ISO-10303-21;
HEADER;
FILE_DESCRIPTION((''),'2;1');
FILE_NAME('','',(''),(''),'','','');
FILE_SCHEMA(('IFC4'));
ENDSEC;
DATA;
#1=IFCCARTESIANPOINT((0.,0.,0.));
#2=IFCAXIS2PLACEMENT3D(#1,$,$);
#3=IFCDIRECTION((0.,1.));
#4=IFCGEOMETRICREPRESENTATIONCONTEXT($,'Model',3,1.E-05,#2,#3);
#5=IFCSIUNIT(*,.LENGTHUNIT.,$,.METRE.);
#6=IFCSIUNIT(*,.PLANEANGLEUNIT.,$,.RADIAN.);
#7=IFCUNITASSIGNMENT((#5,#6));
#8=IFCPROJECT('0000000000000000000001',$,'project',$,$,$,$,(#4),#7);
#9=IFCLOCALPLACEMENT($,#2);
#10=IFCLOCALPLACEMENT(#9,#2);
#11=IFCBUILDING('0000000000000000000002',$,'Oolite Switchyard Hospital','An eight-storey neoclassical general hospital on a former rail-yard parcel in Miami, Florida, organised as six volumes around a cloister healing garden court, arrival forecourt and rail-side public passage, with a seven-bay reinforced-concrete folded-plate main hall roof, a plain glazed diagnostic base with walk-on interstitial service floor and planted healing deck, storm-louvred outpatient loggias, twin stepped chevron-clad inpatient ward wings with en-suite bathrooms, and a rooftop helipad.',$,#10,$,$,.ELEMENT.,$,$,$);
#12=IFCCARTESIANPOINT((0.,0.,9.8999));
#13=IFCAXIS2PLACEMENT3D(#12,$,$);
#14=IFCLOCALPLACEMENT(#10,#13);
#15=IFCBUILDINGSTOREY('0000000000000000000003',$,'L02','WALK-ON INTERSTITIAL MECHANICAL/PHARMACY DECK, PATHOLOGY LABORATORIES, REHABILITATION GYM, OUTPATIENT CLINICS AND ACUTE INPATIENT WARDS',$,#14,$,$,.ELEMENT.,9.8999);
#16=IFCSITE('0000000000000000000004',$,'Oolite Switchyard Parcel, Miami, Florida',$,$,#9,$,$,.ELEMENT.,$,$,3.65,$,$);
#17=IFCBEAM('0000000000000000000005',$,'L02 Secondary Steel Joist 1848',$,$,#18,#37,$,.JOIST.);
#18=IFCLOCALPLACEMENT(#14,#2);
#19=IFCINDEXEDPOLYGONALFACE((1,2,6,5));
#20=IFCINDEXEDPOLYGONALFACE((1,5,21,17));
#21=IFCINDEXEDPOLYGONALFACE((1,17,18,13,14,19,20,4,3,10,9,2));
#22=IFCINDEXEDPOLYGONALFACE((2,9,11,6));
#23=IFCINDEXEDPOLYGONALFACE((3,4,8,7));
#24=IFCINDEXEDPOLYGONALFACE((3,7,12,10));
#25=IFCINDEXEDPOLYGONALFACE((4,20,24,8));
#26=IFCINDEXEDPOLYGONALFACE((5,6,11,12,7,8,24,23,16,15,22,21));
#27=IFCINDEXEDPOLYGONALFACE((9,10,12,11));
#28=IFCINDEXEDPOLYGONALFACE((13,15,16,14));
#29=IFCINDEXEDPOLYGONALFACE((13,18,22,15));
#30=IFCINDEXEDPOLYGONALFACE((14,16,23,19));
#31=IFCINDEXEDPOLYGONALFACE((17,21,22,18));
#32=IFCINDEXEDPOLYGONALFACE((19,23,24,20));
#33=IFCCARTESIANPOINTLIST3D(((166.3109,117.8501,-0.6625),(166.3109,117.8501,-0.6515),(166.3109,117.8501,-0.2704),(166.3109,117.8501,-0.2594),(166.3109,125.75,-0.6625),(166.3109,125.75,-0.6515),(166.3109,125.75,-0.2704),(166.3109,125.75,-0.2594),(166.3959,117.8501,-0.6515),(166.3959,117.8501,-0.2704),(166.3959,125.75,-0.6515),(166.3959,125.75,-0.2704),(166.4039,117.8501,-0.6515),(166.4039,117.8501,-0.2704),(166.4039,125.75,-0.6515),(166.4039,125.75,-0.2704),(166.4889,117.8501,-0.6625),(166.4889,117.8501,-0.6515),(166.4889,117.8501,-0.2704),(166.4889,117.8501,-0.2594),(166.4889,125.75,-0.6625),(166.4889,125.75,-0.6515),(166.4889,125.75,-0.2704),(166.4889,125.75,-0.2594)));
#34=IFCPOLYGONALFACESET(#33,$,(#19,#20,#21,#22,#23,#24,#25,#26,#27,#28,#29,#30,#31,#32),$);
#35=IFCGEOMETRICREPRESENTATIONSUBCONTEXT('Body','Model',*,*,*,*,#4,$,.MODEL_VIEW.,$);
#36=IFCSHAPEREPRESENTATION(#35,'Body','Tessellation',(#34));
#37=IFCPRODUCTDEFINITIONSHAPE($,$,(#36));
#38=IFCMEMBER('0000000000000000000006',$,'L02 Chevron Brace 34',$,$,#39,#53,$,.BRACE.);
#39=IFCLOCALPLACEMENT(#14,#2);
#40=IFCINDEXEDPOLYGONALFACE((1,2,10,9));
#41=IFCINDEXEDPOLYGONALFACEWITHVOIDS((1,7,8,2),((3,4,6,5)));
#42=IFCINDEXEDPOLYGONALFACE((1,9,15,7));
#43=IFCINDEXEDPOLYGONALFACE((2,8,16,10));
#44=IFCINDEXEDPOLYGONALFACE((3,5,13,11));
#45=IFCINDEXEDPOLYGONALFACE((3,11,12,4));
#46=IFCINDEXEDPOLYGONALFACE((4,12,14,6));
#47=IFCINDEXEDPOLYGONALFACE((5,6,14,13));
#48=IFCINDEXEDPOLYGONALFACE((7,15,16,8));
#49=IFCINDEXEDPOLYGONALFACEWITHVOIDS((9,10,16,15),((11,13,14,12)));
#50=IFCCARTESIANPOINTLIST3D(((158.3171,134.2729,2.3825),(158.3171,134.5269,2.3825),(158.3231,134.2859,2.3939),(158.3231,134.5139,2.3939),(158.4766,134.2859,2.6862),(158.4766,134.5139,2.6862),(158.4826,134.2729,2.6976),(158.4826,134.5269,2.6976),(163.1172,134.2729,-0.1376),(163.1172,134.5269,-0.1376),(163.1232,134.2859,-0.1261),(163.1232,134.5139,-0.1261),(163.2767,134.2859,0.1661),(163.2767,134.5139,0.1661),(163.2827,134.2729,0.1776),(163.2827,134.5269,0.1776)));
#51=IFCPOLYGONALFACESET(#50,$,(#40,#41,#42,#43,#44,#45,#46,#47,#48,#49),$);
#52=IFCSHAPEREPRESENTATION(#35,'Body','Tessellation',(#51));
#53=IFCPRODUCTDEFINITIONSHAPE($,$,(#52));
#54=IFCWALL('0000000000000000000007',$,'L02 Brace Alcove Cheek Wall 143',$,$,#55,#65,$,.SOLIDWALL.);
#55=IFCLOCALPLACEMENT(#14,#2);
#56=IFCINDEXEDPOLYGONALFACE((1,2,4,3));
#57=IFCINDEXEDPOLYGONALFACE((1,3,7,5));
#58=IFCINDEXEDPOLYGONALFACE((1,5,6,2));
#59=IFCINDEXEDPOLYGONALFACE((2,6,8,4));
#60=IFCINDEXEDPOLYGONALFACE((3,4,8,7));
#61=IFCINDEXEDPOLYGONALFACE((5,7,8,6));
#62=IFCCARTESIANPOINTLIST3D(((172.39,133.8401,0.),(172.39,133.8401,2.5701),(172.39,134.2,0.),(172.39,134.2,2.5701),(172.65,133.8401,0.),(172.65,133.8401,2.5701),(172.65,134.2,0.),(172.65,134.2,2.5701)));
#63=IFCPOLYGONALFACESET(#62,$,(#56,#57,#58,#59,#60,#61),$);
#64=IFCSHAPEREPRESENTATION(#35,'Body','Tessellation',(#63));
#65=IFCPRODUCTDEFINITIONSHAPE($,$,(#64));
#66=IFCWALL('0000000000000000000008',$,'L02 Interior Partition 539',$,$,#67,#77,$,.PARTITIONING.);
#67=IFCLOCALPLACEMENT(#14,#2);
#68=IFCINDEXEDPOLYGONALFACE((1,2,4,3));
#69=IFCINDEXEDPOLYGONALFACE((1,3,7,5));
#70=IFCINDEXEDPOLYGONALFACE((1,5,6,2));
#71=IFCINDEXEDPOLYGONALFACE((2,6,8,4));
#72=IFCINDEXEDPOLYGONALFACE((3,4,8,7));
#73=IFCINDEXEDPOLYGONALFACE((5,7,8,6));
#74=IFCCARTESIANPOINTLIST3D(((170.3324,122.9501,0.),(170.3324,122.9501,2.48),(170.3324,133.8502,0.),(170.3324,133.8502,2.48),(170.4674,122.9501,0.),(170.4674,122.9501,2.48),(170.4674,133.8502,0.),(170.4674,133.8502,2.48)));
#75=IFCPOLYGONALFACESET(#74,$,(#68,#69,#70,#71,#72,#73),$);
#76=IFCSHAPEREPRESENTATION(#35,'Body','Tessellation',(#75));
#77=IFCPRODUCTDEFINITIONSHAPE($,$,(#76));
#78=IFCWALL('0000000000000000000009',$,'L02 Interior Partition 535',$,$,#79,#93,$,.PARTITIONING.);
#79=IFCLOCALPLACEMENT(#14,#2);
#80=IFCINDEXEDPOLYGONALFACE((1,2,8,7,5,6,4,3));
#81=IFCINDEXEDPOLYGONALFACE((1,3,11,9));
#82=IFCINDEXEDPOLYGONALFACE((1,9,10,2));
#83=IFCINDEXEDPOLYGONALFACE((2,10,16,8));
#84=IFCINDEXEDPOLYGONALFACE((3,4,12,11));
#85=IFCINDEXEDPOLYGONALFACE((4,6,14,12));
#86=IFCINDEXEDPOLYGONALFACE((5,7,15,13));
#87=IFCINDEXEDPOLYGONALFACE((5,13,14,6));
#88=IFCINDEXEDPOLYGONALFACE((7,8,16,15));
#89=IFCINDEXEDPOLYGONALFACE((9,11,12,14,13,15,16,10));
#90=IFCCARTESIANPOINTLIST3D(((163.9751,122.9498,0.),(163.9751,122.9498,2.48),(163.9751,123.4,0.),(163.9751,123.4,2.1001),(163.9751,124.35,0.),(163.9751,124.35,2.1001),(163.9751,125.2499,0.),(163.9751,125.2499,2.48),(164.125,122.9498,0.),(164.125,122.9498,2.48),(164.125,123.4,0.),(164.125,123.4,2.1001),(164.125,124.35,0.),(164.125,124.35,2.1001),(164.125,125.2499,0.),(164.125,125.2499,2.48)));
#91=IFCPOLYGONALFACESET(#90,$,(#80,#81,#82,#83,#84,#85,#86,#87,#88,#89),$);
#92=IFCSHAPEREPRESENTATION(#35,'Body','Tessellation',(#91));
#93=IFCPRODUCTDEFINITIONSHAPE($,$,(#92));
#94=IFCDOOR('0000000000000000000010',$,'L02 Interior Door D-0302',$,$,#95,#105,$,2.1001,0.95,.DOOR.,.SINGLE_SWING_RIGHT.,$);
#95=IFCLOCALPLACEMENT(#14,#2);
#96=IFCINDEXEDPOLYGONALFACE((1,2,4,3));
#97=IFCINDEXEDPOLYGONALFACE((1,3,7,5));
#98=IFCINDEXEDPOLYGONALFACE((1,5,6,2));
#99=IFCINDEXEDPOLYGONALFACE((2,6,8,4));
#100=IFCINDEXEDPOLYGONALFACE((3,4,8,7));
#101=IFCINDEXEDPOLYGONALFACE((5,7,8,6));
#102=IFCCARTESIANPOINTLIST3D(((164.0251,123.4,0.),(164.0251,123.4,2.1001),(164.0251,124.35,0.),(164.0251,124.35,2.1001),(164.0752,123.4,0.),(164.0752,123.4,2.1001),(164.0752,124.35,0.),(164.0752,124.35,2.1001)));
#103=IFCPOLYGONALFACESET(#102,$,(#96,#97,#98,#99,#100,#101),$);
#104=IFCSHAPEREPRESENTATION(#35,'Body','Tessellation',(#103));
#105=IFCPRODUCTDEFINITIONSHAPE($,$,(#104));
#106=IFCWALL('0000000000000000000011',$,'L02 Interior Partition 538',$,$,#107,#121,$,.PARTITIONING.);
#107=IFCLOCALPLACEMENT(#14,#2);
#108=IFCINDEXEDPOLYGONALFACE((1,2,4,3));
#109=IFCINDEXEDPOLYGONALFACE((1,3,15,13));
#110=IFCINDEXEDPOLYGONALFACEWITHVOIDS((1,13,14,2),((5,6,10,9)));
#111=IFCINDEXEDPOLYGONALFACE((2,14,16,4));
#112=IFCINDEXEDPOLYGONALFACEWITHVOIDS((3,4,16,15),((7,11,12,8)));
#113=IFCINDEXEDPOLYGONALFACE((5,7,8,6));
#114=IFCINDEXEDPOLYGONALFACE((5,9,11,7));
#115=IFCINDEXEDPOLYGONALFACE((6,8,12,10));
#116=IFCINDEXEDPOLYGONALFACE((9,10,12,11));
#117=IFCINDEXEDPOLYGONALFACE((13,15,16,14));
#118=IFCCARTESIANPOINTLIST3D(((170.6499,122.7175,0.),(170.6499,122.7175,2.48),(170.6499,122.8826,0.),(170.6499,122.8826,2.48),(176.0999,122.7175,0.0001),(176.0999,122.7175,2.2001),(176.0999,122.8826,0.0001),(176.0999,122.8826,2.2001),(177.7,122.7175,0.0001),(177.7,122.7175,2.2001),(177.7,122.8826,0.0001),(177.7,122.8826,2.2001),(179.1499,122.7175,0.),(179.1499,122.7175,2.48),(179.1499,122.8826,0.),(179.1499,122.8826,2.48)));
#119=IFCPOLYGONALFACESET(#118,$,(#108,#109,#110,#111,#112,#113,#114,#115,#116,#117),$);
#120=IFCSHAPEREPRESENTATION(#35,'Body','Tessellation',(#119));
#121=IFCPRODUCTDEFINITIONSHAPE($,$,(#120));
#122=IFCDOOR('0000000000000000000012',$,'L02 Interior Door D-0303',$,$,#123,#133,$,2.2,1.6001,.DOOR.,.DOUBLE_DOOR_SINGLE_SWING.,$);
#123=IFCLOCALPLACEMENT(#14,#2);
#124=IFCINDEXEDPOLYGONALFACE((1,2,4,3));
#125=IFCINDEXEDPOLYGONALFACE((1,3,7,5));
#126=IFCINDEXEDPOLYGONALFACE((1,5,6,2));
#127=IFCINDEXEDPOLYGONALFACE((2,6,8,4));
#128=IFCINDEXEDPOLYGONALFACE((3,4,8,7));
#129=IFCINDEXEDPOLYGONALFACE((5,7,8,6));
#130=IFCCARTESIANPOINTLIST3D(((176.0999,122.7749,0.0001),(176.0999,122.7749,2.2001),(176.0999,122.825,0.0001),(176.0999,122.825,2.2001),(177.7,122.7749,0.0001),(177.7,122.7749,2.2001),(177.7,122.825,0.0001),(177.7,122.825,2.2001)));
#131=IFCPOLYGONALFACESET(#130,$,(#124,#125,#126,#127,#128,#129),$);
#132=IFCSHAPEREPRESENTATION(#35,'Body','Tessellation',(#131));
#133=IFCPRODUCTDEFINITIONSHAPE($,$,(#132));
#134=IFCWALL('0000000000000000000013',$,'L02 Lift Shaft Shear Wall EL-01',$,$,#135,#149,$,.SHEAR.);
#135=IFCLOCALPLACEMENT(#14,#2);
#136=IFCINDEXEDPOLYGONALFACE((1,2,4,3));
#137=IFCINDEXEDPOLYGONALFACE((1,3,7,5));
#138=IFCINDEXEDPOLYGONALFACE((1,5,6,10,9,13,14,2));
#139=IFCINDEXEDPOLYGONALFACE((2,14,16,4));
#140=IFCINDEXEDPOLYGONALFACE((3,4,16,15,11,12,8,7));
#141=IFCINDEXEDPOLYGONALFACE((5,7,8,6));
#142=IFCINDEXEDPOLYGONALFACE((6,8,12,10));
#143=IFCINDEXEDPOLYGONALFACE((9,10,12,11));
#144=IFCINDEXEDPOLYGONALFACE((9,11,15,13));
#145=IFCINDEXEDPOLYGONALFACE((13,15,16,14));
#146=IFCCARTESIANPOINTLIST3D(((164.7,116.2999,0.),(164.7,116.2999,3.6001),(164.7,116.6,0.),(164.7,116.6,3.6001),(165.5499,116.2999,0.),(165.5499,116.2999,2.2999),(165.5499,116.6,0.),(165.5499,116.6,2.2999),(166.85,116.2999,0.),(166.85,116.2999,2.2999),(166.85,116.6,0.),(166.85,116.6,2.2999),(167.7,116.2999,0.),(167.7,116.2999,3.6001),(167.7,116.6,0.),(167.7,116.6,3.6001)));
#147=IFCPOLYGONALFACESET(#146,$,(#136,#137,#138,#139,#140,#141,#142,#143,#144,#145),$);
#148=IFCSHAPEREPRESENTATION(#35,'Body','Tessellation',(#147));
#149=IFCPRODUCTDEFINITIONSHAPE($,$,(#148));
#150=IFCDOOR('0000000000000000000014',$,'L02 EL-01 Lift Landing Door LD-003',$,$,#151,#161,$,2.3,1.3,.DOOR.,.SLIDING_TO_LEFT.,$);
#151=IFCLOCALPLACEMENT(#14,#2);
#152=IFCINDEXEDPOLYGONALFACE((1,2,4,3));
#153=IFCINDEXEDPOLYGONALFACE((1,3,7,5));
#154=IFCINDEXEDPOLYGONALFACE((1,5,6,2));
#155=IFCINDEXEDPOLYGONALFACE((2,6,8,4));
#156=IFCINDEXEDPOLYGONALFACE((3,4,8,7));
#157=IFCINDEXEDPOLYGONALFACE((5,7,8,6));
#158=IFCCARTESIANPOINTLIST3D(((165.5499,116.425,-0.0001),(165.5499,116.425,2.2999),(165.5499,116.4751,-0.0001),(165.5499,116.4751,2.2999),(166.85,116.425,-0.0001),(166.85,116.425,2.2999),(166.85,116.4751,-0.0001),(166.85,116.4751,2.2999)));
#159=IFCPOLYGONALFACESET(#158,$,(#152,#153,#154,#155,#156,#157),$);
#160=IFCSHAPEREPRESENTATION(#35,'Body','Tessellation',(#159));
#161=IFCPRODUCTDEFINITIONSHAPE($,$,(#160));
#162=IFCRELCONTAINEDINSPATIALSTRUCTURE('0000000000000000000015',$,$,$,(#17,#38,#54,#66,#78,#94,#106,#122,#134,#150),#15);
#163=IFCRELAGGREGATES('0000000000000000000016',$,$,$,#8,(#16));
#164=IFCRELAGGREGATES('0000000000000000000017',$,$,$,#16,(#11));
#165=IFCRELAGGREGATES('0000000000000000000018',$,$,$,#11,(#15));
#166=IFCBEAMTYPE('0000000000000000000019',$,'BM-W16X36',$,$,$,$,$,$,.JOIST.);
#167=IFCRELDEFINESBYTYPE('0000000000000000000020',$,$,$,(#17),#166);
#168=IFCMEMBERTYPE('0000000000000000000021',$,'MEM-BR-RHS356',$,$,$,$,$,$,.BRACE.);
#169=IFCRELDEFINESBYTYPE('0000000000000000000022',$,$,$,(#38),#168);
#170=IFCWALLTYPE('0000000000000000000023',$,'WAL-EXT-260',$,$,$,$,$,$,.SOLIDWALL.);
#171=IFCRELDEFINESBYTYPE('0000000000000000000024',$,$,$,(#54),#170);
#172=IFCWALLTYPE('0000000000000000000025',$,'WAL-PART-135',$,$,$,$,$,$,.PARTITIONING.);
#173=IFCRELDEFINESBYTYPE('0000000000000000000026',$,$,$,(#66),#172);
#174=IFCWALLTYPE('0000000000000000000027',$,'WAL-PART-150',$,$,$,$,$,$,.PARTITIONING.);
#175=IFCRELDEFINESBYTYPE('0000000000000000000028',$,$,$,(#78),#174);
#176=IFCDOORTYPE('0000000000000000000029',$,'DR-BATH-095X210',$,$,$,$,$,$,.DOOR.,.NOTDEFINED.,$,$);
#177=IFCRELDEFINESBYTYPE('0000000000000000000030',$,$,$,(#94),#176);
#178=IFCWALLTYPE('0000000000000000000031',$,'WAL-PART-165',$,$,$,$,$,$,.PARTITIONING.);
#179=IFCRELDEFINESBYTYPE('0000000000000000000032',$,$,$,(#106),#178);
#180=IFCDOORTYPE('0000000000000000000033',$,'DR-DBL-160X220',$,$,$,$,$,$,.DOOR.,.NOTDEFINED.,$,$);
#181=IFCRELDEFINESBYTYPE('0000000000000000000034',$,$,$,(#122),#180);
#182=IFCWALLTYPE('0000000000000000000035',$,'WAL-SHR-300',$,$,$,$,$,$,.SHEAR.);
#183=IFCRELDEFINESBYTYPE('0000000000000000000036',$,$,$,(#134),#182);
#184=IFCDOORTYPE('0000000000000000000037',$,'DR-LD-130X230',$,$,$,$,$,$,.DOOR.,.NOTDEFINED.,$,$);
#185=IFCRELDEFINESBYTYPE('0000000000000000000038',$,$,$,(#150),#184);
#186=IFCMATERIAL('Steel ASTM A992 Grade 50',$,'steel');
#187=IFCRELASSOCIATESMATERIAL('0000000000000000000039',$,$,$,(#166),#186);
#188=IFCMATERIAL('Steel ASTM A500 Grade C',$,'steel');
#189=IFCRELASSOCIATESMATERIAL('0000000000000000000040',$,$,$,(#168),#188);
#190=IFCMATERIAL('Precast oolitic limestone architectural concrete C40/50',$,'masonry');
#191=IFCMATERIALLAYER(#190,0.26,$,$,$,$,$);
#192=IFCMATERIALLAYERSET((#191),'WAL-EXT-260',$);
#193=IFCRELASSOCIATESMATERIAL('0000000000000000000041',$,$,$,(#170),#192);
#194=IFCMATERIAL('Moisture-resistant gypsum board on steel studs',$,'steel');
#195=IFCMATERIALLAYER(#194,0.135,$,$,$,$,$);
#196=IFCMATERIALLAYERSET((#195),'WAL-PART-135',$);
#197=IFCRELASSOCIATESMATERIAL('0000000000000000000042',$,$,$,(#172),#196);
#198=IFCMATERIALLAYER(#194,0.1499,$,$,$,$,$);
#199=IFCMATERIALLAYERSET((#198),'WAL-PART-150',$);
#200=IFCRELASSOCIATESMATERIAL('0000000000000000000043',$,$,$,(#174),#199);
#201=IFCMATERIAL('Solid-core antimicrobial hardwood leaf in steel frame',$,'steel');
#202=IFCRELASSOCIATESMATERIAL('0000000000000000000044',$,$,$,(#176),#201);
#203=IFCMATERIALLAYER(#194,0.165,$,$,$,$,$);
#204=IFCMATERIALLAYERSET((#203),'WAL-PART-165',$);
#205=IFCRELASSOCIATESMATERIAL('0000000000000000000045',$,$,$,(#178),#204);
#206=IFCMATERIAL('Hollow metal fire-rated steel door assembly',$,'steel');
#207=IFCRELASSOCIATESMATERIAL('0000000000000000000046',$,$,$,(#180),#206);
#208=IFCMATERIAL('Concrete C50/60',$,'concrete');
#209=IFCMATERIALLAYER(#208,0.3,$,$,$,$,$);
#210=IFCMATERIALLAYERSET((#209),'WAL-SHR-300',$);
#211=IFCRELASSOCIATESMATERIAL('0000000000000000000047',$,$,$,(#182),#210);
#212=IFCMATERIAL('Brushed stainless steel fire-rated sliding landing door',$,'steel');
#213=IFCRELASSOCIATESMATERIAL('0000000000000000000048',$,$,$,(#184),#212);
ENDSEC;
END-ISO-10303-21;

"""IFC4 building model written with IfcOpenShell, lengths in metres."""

from ifc_helpers import new_model, si_unit, direction, frame, frame_2d, origin, origin_2d, place, context, subcontext, project, spatial, rectangle, hollow_rectangle, i_section, extrude, material, layer, layer_set, material_profile, profile_set, type_object, element, fill, save


model = new_model("IFC4")

# Units and contexts
model_context = context("Model", 3, precision=1e-05, world=origin(), true_north=direction((0.0, 1.0)))
body_context = subcontext(model_context, "Body", "Model", "MODEL_VIEW")
ifc_project = project(units=[si_unit("LENGTHUNIT", "METRE"), si_unit("PLANEANGLEUNIT", "RADIAN")], contexts=[model_context])

# Site, building, storey
site_placement = place(None, origin())
site = spatial("IfcSite", under=ifc_project, at=site_placement, Name="Oolite Switchyard Parcel, Miami, Florida", CompositionType="ELEMENT", RefElevation=3.65)
building_placement = place(site_placement, origin())
building = spatial("IfcBuilding", under=site, at=building_placement, Name="Oolite Switchyard Hospital", Description="An eight-storey neoclassical general hospital on a former rail-yard parcel in Miami, Florida, organised as six volumes around a cloister healing garden court, arrival forecourt and rail-side public passage, with a seven-bay reinforced-concrete folded-plate main hall roof, a plain glazed diagnostic base with walk-on interstitial service floor and planted healing deck, storm-louvred outpatient loggias, twin stepped chevron-clad inpatient ward wings with en-suite bathrooms, and a rooftop helipad.", CompositionType="ELEMENT")
storey_placement = place(building_placement, frame((0.0, 0.0, 9.8999)))
storey = spatial("IfcBuildingStorey", under=building, at=storey_placement, Name="L02", Description="WALK-ON INTERSTITIAL MECHANICAL/PHARMACY DECK, PATHOLOGY LABORATORIES, REHABILITATION GYM, OUTPATIENT CLINICS AND ACUTE INPATIENT WARDS", CompositionType="ELEMENT", Elevation=9.8999)

# Shared definitions
ifc_material_1 = material(Name="Concrete C50/60", Category="concrete")

# Beam
ifc_material_2 = material(Name="Steel ASTM A992 Grade 50", Category="steel")
ifc_material_profile_1 = material_profile(ifc_material_2, i_section(OverallWidth=0.178, OverallDepth=0.4031, WebThickness=0.0081, FlangeThickness=0.011, at=origin_2d()), Name="W16X36")
ifc_profile_set_1 = profile_set([ifc_material_profile_1], Name="Steel ASTM A992 Grade 50")
beam_type_1 = type_object("IfcBeamType", Name="BM-W16X36", PredefinedType="JOIST", material=ifc_profile_set_1)
beam_1_placement = place(storey_placement, frame((166.3999, 117.8501, -0.4609), z_axis=(0.0, 1.0, 0.0), x_axis=(-1.0, 0.0, 0.0)))
element("IfcBeam", 1, at=beam_1_placement, inside=storey, type_object=beam_type_1, Name="L02 Secondary Steel Joist 1848", PredefinedType="JOIST", context=body_context, shape_type="SweptSolid", body=[
    extrude(i_section(OverallWidth=0.178, OverallDepth=0.4031, WebThickness=0.0081, FlangeThickness=0.011, at=origin_2d()), origin(), (0.0, 0.0, 1.0), 7.8999),
])

# Member
ifc_material_3 = material(Name="Steel ASTM A500 Grade C", Category="steel")
ifc_material_profile_2 = material_profile(ifc_material_3, hollow_rectangle(XDim=0.2539, YDim=0.356, WallThickness=0.0129, at=origin_2d()), Name="HSS356X254X13")
ifc_profile_set_2 = profile_set([ifc_material_profile_2], Name="Steel ASTM A500 Grade C")
member_type = type_object("IfcMemberType", Name="MEM-BR-RHS356", PredefinedType="BRACE", material=ifc_profile_set_2)
member_placement = place(storey_placement, frame((163.2, 134.3999, 0.02), z_axis=(-0.885398, 0.0, 0.464833), x_axis=(0.0, -1.0, 0.0)))
element("IfcMember", 2, at=member_placement, inside=storey, type_object=member_type, Name="L02 Chevron Brace 34", PredefinedType="BRACE", context=body_context, shape_type="SweptSolid", body=[
    extrude(hollow_rectangle(XDim=0.2539, YDim=0.356, WallThickness=0.0129, at=origin_2d()), origin(), (0.0, 0.0, 1.0), 5.4214),
])

# Walls
ifc_material_4 = material(Name="Precast oolitic limestone architectural concrete C40/50", Category="masonry")
ifc_layer_1 = layer(ifc_material_4, 0.26)
ifc_layer_set_1 = layer_set([ifc_layer_1], Name="WAL-EXT-260")
wall_type_1 = type_object("IfcWallType", Name="WAL-EXT-260", PredefinedType="SOLIDWALL", material=ifc_layer_set_1)
wall_1_placement = place(storey_placement, frame((172.52, 134.2, 0.0), z_axis=(0.0, 0.0, 1.0), x_axis=(0.0, -1.0, 0.0)))
element("IfcWall", 3, at=wall_1_placement, inside=storey, type_object=wall_type_1, Name="L02 Brace Alcove Cheek Wall 143", PredefinedType="SOLIDWALL", context=body_context, shape_type="SweptSolid", body=[
    extrude(rectangle(XDim=0.3599, YDim=0.26, at=frame_2d((0.1799, 0.0))), origin(), (0.0, 0.0, 1.0), 2.5701),
])
ifc_material_5 = material(Name="Moisture-resistant gypsum board on steel studs", Category="steel")
ifc_layer_2 = layer(ifc_material_5, 0.135)
ifc_layer_set_2 = layer_set([ifc_layer_2], Name="WAL-PART-135")
wall_type_2 = type_object("IfcWallType", Name="WAL-PART-135", PredefinedType="PARTITIONING", material=ifc_layer_set_2)
wall_2_placement = place(storey_placement, frame((170.3999, 122.95, 0.0), z_axis=(0.0, 0.0, 1.0), x_axis=(0.0, 1.0, 0.0)))
element("IfcWall", 4, at=wall_2_placement, inside=storey, type_object=wall_type_2, Name="L02 Interior Partition 539", PredefinedType="PARTITIONING", context=body_context, shape_type="SweptSolid", body=[
    extrude(rectangle(XDim=10.9001, YDim=0.135, at=frame_2d((5.4502, 0.0))), origin(), (0.0, 0.0, 1.0), 2.48),
])

# Walls, openings, doors
ifc_layer_3 = layer(ifc_material_5, 0.1499)
ifc_layer_set_3 = layer_set([ifc_layer_3], Name="WAL-PART-150")
wall_type_3 = type_object("IfcWallType", Name="WAL-PART-150", PredefinedType="PARTITIONING", material=ifc_layer_set_3)
wall_3_placement = place(storey_placement, frame((164.05, 122.95, 0.0), z_axis=(0.0, 0.0, 1.0), x_axis=(0.0, 1.0, 0.0)))
wall_3 = element("IfcWall", 5, at=wall_3_placement, inside=storey, type_object=wall_type_3, Name="L02 Interior Partition 535", PredefinedType="PARTITIONING", context=body_context, shape_type="SweptSolid", body=[
    extrude(rectangle(XDim=2.3, YDim=0.1499, at=frame_2d((1.1499, 0.0))), origin(), (0.0, 0.0, 1.0), 2.48),
])
opening_1_placement = place(wall_3_placement, frame((0.45, 0.0, 0.0)))
opening_1 = element("IfcOpeningElement", 6, at=opening_1_placement, cuts=wall_3, PredefinedType="OPENING", context=body_context, shape_type="SweptSolid", body=[
    extrude(rectangle(XDim=0.95, YDim=2.1001, at=frame_2d((0.4751, 1.05))), frame((0.0, 0.085, 0.0), z_axis=(0.0, -1.0, 0.0), x_axis=(1.0, 0.0, 0.0)), (0.0, 0.0, 1.0), 0.1699),
])
ifc_material_6 = material(Name="Solid-core antimicrobial hardwood leaf in steel frame", Category="steel")
door_type_1 = type_object("IfcDoorType", Name="DR-BATH-095X210", OperationType="NOTDEFINED", PredefinedType="DOOR", material=ifc_material_6)
door_1_placement = place(opening_1_placement, origin())
door_1 = element("IfcDoor", 7, at=door_1_placement, inside=storey, type_object=door_type_1, Name="L02 Interior Door D-0302", OperationType="SINGLE_SWING_RIGHT", OverallHeight=2.1001, OverallWidth=0.95, PredefinedType="DOOR", context=body_context, shape_type="SweptSolid", body=[
    extrude(rectangle(XDim=0.95, YDim=2.1001, at=frame_2d((0.4751, 1.05))), frame((0.0, 0.0249, 0.0), z_axis=(0.0, -1.0, 0.0), x_axis=(1.0, 0.0, 0.0)), (0.0, 0.0, 1.0), 0.05),
])
fill(opening_1, door_1)
ifc_layer_4 = layer(ifc_material_5, 0.165)
ifc_layer_set_4 = layer_set([ifc_layer_4], Name="WAL-PART-165")
wall_type_4 = type_object("IfcWallType", Name="WAL-PART-165", PredefinedType="PARTITIONING", material=ifc_layer_set_4)
wall_4_placement = place(storey_placement, frame((170.6499, 122.8, 0.0), z_axis=(0.0, 0.0, 1.0), x_axis=(1.0, 0.0, 0.0)))
wall_4 = element("IfcWall", 8, at=wall_4_placement, inside=storey, type_object=wall_type_4, Name="L02 Interior Partition 538", PredefinedType="PARTITIONING", context=body_context, shape_type="SweptSolid", body=[
    extrude(rectangle(XDim=8.5, YDim=0.165, at=frame_2d((4.25, 0.0))), origin(), (0.0, 0.0, 1.0), 2.48),
])
opening_2_placement = place(wall_4_placement, frame((5.45, 0.0, 0.0)))
opening_2 = element("IfcOpeningElement", 9, at=opening_2_placement, cuts=wall_4, PredefinedType="OPENING", context=body_context, shape_type="SweptSolid", body=[
    extrude(rectangle(XDim=1.6001, YDim=2.2, at=frame_2d((0.8, 1.1001))), frame((0.0, 0.0925, 0.0), z_axis=(0.0, -1.0, 0.0), x_axis=(1.0, 0.0, 0.0)), (0.0, 0.0, 1.0), 0.1851),
])
ifc_material_7 = material(Name="Hollow metal fire-rated steel door assembly", Category="steel")
door_type_2 = type_object("IfcDoorType", Name="DR-DBL-160X220", OperationType="NOTDEFINED", PredefinedType="DOOR", material=ifc_material_7)
door_2_placement = place(opening_2_placement, origin())
door_2 = element("IfcDoor", 10, at=door_2_placement, inside=storey, type_object=door_type_2, Name="L02 Interior Door D-0303", OperationType="DOUBLE_DOOR_SINGLE_SWING", OverallHeight=2.2, OverallWidth=1.6001, PredefinedType="DOOR", context=body_context, shape_type="SweptSolid", body=[
    extrude(rectangle(XDim=1.6001, YDim=2.2, at=frame_2d((0.8, 1.1001))), frame((0.0, 0.0249, 0.0), z_axis=(0.0, -1.0, 0.0), x_axis=(1.0, 0.0, 0.0)), (0.0, 0.0, 1.0), 0.05),
])
fill(opening_2, door_2)
ifc_layer_5 = layer(ifc_material_1, 0.3)
ifc_layer_set_5 = layer_set([ifc_layer_5], Name="WAL-SHR-300")
wall_type_5 = type_object("IfcWallType", Name="WAL-SHR-300", PredefinedType="SHEAR", material=ifc_layer_set_5)
wall_5_placement = place(storey_placement, frame((167.7, 116.45, 0.0), z_axis=(0.0, 0.0, 1.0), x_axis=(-1.0, 0.0, 0.0)))
wall_5 = element("IfcWall", 11, at=wall_5_placement, inside=storey, type_object=wall_type_5, Name="L02 Lift Shaft Shear Wall EL-01", PredefinedType="SHEAR", context=body_context, shape_type="SweptSolid", body=[
    extrude(rectangle(XDim=3.0, YDim=0.3, at=frame_2d((1.5, 0.0))), origin(), (0.0, 0.0, 1.0), 3.6001),
])
opening_3_placement = place(wall_5_placement, frame((0.8501, 0.0, 0.0)))
opening_3 = element("IfcOpeningElement", 12, at=opening_3_placement, cuts=wall_5, PredefinedType="OPENING", context=body_context, shape_type="SweptSolid", body=[
    extrude(rectangle(XDim=1.3, YDim=2.3, at=frame_2d((0.6499, 1.1499))), frame((0.0, 0.1602, 0.0), z_axis=(0.0, -1.0, 0.0), x_axis=(1.0, 0.0, 0.0)), (0.0, 0.0, 1.0), 0.3201),
])
ifc_material_8 = material(Name="Brushed stainless steel fire-rated sliding landing door", Category="steel")
door_type_3 = type_object("IfcDoorType", Name="DR-LD-130X230", OperationType="NOTDEFINED", PredefinedType="DOOR", material=ifc_material_8)
door_3_placement = place(opening_3_placement, origin())
door_3 = element("IfcDoor", 13, at=door_3_placement, inside=storey, type_object=door_type_3, Name="L02 EL-01 Lift Landing Door LD-003", OperationType="SLIDING_TO_LEFT", OverallHeight=2.3, OverallWidth=1.3, PredefinedType="DOOR", context=body_context, shape_type="SweptSolid", body=[
    extrude(rectangle(XDim=1.3, YDim=2.3, at=frame_2d((0.6499, 1.1499))), frame((0.0, 0.0249, 0.0), z_axis=(0.0, -1.0, 0.0), x_axis=(1.0, 0.0, 0.0)), (0.0, 0.0, 1.0), 0.05),
])
fill(opening_3, door_3)

save(model, "model.ifc")
